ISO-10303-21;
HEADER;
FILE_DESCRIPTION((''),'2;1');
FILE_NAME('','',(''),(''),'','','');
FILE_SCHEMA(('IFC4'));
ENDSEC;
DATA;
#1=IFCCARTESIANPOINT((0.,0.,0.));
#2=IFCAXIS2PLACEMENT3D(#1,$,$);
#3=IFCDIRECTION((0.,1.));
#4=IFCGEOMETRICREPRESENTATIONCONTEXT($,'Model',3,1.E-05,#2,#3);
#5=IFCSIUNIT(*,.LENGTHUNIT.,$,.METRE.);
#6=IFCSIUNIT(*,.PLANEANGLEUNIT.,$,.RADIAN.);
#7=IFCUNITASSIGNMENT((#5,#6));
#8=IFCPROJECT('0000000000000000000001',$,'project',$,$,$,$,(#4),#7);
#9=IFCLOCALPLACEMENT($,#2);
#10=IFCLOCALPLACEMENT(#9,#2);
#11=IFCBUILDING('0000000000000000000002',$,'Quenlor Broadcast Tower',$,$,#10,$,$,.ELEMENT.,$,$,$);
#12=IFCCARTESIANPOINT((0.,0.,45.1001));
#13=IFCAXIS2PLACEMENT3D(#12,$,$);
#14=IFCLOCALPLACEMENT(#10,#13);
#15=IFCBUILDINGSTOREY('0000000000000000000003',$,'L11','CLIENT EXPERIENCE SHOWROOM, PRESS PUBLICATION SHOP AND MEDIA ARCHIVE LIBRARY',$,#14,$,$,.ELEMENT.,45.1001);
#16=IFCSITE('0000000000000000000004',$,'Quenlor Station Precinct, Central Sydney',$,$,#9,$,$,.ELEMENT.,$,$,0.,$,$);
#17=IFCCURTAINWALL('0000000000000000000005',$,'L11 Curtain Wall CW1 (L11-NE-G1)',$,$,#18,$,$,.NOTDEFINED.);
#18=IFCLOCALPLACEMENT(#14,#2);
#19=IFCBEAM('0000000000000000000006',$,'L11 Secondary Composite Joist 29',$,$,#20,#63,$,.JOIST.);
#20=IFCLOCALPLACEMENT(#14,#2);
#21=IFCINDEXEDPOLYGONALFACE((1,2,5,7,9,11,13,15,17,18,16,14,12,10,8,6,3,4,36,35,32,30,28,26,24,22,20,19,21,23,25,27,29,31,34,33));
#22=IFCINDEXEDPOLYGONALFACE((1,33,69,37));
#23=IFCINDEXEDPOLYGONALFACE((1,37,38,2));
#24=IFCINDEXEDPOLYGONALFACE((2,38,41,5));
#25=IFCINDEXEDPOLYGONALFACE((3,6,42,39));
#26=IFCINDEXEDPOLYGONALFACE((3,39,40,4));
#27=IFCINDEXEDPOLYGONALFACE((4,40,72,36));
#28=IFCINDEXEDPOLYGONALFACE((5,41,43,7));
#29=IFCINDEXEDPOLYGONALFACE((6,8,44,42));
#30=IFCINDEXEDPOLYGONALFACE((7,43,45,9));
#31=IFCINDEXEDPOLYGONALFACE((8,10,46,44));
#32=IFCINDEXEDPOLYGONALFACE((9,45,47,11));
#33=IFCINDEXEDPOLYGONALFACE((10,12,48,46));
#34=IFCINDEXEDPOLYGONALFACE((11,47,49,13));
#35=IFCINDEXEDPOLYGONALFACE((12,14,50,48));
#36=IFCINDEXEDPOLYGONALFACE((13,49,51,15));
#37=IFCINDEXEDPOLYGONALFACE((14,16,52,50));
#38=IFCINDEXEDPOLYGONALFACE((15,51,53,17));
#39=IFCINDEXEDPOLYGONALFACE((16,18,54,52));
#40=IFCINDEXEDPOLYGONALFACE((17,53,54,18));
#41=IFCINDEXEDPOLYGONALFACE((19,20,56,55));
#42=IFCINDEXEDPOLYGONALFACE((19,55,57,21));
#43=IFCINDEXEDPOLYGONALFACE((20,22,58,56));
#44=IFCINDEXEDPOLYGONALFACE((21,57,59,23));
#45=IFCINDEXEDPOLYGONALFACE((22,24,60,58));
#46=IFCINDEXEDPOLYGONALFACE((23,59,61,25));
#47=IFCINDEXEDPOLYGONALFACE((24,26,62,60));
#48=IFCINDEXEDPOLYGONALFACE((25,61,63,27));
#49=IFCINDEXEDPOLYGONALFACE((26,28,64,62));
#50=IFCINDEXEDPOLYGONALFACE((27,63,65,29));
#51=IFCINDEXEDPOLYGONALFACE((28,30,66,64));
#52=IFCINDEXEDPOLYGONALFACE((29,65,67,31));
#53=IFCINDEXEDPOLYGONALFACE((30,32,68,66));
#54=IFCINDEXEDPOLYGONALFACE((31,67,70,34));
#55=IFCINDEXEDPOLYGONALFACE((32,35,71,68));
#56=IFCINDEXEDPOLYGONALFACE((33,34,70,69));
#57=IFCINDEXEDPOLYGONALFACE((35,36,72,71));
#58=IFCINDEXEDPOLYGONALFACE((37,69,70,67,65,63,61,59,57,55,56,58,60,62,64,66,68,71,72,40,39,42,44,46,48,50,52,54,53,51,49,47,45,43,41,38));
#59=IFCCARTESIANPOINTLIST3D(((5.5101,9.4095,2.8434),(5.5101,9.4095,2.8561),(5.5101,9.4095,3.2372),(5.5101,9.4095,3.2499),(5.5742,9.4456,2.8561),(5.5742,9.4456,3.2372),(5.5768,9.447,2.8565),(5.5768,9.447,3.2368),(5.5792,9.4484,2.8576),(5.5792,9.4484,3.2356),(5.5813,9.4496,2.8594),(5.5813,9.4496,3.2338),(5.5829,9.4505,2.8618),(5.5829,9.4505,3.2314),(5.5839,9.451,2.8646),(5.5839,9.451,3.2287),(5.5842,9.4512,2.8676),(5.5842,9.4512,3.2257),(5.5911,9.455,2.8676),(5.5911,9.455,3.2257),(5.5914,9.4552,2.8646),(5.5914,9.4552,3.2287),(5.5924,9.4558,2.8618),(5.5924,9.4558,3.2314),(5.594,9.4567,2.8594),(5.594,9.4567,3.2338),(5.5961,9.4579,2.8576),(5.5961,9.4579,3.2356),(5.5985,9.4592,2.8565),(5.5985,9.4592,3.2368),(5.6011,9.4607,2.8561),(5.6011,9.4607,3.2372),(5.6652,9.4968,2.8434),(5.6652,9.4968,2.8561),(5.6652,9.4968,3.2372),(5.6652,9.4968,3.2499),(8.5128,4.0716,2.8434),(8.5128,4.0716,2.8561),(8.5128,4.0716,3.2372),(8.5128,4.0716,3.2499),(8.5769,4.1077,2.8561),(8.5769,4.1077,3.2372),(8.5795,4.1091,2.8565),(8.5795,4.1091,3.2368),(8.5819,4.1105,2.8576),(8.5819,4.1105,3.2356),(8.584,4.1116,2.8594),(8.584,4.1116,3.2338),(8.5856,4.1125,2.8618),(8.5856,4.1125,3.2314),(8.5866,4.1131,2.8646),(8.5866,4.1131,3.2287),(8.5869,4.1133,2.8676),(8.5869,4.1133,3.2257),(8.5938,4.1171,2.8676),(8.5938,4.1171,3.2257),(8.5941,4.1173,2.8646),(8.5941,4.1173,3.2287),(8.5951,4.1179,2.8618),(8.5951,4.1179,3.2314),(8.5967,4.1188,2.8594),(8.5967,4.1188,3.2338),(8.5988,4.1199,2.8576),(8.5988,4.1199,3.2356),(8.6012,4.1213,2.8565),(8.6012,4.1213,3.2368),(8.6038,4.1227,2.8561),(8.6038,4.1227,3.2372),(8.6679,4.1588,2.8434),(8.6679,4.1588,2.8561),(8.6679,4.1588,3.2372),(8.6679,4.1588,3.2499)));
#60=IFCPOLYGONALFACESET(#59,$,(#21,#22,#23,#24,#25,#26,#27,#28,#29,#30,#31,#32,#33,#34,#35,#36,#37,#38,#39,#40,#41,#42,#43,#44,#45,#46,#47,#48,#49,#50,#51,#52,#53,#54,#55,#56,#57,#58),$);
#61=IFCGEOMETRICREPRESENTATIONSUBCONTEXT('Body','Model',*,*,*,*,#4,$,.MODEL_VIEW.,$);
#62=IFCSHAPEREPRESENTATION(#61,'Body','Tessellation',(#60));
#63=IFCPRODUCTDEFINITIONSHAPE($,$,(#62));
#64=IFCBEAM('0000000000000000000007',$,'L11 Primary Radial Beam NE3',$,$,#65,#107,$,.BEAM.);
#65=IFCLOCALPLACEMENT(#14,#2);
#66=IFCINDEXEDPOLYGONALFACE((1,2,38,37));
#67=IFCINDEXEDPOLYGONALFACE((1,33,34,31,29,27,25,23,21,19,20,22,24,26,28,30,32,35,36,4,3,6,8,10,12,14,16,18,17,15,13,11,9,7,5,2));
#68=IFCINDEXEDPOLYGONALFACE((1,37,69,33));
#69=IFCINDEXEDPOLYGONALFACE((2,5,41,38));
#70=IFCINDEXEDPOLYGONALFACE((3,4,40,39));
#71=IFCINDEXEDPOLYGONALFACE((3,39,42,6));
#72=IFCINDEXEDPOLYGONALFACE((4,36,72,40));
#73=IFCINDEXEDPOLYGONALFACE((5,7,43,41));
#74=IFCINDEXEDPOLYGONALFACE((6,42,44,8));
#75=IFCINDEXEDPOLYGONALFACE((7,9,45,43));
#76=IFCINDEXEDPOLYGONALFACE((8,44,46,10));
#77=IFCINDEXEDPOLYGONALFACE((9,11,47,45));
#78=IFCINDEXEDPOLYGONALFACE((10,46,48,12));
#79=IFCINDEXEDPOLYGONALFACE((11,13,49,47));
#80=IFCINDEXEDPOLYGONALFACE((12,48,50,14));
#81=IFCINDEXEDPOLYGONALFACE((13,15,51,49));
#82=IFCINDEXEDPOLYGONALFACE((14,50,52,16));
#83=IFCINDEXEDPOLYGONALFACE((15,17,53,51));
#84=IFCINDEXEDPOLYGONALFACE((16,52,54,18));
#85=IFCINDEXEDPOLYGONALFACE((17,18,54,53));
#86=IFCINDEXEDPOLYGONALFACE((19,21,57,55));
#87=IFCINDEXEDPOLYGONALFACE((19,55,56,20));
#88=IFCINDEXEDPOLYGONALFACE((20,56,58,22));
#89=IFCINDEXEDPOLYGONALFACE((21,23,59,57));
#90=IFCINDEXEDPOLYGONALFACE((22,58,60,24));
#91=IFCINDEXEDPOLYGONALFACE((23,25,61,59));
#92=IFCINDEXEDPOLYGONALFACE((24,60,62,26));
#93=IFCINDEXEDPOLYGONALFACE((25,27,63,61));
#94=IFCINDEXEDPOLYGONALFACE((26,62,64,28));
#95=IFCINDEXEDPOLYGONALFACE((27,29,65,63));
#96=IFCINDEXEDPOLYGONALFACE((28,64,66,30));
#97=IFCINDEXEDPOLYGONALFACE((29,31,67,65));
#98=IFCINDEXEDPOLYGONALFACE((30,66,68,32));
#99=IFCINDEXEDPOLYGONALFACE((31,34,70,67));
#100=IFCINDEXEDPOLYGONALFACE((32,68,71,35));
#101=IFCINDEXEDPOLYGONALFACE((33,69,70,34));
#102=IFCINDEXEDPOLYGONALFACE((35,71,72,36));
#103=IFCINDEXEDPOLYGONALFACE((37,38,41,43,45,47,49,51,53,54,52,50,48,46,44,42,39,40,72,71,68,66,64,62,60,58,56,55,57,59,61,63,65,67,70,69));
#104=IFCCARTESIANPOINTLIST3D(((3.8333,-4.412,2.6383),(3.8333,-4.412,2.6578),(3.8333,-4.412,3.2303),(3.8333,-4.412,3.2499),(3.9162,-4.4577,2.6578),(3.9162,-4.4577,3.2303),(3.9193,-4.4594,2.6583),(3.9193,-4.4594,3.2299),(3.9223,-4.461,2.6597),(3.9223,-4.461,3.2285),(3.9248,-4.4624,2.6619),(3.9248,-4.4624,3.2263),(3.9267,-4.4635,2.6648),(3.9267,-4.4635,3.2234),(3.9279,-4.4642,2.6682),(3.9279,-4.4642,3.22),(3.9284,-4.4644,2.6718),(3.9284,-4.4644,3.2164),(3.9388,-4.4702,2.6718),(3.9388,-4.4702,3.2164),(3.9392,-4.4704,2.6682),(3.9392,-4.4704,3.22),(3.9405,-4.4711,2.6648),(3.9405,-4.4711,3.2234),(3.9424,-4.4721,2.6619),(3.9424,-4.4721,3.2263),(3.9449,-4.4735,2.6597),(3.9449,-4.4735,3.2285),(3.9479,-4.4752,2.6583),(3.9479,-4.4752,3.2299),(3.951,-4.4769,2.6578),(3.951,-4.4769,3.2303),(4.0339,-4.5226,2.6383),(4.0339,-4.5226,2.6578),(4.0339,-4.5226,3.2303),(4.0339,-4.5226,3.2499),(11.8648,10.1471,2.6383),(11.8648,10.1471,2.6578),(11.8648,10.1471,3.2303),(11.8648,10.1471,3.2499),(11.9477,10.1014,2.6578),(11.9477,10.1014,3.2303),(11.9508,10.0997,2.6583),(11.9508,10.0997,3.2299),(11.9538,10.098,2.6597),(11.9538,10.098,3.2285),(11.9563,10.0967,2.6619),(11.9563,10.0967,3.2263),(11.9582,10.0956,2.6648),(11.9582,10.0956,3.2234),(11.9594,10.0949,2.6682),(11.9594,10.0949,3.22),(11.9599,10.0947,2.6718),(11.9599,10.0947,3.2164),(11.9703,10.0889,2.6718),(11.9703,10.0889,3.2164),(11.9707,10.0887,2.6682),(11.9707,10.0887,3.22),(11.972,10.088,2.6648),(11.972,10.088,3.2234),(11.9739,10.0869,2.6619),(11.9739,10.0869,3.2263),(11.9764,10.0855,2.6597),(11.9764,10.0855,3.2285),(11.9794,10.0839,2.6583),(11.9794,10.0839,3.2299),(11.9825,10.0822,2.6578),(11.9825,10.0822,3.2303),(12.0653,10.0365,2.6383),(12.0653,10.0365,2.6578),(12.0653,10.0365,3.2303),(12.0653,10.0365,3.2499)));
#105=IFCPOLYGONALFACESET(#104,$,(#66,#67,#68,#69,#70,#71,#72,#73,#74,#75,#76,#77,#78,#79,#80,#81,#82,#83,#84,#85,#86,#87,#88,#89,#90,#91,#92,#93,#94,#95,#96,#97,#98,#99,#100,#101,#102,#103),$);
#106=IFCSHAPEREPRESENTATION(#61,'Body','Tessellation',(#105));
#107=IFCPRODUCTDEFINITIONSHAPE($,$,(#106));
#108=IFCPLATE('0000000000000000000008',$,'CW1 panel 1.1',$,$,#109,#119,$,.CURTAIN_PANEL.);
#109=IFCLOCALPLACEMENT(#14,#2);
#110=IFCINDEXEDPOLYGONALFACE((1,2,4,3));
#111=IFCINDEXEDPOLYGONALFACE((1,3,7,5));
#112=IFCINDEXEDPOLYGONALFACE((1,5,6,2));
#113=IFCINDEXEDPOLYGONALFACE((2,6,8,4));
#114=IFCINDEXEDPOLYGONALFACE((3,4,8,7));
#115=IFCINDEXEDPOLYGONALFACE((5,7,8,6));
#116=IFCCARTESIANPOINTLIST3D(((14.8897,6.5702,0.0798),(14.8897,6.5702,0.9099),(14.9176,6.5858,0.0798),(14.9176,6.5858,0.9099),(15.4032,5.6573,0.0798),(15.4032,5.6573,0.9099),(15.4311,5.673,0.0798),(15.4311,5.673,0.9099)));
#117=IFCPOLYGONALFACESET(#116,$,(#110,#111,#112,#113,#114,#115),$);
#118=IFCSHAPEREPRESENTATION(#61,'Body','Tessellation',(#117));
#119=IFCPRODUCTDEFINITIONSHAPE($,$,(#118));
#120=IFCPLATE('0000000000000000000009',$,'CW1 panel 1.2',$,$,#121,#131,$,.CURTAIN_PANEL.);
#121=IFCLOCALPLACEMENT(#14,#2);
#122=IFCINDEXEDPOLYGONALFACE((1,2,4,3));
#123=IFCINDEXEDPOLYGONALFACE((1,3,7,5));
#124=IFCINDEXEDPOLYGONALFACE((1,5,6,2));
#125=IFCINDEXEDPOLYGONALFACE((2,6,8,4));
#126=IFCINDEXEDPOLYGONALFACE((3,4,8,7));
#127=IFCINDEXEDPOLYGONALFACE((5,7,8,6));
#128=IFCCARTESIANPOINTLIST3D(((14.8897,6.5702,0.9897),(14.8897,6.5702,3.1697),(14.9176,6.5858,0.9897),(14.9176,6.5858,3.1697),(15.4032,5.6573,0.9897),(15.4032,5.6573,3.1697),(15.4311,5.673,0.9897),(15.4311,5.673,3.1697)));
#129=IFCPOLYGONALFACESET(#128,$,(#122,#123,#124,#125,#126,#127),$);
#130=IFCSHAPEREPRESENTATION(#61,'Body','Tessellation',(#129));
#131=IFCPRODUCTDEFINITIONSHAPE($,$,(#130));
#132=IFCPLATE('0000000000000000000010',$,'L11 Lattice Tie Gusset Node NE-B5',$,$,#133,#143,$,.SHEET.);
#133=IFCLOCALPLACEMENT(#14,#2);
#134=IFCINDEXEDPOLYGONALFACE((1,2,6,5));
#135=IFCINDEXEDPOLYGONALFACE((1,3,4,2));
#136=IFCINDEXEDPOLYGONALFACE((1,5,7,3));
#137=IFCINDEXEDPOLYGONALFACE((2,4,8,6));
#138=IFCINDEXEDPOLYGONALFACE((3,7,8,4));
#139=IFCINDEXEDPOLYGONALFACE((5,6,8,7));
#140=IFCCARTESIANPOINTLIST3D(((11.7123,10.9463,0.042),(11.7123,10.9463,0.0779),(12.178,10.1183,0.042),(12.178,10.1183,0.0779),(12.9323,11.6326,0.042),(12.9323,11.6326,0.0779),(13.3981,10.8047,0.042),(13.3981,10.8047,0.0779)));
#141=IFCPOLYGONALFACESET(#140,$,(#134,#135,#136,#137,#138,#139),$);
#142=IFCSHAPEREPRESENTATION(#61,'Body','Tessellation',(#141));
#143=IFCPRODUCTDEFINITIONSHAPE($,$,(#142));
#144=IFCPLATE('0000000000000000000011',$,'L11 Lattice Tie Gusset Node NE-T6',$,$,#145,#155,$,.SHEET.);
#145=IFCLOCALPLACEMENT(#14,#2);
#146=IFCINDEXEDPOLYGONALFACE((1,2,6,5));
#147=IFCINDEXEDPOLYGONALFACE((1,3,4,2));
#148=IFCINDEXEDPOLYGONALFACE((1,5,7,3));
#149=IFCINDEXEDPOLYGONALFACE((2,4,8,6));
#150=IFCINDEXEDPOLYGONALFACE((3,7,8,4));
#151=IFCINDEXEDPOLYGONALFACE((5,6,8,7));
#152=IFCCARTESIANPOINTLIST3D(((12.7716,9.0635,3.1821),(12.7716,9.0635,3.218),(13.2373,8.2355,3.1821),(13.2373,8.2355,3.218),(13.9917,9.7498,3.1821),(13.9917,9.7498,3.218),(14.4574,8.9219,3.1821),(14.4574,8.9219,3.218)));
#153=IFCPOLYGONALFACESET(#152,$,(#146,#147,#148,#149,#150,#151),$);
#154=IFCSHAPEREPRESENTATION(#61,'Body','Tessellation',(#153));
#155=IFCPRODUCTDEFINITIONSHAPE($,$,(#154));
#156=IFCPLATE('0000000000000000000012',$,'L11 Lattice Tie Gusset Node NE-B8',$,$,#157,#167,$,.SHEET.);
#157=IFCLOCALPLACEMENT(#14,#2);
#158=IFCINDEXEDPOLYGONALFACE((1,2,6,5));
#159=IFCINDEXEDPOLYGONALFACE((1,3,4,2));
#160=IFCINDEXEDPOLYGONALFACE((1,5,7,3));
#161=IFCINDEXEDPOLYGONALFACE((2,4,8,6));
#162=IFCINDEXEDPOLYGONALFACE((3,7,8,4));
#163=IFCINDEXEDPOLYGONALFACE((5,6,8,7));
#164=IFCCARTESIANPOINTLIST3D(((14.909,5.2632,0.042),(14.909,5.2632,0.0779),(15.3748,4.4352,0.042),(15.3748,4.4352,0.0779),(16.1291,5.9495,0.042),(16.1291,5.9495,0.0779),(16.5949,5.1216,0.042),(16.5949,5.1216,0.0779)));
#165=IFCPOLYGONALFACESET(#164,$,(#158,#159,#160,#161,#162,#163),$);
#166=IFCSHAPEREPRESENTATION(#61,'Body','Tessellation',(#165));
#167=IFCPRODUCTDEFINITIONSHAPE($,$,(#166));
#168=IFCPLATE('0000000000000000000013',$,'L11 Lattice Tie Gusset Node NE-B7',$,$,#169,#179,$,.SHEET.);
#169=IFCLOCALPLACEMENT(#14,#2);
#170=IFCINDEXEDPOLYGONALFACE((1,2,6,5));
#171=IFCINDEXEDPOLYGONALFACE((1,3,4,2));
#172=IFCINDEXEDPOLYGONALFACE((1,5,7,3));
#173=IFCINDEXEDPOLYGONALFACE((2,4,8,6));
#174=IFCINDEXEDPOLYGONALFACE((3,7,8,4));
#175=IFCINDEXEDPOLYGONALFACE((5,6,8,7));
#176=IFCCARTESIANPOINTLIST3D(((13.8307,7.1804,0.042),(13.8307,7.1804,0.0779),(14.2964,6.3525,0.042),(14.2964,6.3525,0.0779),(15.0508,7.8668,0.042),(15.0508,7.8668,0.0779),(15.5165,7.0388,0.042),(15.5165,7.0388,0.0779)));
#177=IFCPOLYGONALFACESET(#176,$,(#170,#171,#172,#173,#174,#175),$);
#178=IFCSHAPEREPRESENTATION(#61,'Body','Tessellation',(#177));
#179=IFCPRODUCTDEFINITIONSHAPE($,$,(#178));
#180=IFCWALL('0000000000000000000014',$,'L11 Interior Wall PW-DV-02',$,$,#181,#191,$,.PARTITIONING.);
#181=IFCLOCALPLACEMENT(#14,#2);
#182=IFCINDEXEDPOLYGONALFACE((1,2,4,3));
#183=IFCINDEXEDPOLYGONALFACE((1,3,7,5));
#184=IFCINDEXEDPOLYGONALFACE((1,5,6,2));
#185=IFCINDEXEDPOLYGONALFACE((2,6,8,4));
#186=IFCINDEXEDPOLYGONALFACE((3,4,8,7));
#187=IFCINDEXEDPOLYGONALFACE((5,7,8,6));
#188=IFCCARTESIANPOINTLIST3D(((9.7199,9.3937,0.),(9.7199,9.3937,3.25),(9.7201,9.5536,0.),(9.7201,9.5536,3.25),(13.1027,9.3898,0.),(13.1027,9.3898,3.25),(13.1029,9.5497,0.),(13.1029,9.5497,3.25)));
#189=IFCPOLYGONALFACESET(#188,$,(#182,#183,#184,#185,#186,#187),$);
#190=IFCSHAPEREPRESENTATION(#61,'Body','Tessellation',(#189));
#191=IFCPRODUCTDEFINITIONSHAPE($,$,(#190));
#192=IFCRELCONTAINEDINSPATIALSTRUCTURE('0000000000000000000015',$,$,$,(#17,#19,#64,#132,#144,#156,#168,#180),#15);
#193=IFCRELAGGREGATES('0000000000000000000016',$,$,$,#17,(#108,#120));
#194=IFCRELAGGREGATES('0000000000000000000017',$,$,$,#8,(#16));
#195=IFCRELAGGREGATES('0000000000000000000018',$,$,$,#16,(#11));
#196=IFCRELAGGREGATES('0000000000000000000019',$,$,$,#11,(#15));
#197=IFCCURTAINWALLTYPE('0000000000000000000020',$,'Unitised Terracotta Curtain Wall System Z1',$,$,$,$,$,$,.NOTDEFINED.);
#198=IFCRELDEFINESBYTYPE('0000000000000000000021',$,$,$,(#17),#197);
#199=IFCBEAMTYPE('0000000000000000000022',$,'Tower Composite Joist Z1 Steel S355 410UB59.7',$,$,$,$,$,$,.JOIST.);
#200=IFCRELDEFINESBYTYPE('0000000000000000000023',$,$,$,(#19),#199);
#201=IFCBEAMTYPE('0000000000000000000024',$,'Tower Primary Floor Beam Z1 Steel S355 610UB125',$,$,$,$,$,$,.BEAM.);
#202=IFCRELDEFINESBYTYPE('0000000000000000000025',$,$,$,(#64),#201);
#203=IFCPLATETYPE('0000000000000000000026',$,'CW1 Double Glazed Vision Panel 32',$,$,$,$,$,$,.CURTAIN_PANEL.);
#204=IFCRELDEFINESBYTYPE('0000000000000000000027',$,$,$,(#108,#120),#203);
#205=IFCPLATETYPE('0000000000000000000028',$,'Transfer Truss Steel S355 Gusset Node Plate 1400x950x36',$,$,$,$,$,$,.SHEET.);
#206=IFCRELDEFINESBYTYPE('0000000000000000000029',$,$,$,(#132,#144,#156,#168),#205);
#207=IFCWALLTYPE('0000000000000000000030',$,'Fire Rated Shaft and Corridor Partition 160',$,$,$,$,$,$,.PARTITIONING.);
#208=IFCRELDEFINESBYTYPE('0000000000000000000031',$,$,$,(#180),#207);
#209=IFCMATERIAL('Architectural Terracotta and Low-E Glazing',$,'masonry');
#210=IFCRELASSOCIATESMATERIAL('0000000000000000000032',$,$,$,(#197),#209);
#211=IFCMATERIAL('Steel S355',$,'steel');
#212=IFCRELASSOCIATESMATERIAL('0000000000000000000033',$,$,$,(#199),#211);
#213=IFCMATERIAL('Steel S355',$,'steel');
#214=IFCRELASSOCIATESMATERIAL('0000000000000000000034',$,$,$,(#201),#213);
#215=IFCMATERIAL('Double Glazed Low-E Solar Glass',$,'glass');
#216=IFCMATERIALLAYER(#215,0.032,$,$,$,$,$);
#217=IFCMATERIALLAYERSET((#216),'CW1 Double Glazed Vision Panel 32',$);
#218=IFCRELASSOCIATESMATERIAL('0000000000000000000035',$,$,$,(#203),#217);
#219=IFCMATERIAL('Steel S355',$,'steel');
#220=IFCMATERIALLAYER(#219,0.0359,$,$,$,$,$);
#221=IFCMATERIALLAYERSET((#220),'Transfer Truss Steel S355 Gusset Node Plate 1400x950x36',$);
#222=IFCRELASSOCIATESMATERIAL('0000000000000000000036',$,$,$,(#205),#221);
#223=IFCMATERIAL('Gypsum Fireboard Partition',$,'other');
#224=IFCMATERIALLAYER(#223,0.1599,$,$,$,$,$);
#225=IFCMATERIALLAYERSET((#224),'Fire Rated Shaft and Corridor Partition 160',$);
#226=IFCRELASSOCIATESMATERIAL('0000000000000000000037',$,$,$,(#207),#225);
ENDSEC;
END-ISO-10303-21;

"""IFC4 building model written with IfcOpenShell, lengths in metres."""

from ifc_helpers import new_model, si_unit, direction, frame, frame_2d, origin, origin_2d, place, context, subcontext, project, spatial, rectangle, i_section, extrude, material, layer, layer_set, material_profile, profile_set, type_object, element, aggregate, save


model = new_model("IFC4")

# Units and contexts
model_context = context("Model", 3, precision=1e-05, world=origin(), true_north=direction((0.0, 1.0)))
body_context = subcontext(model_context, "Body", "Model", "MODEL_VIEW")
ifc_project = project(units=[si_unit("LENGTHUNIT", "METRE"), si_unit("PLANEANGLEUNIT", "RADIAN")], contexts=[model_context])

# Site, building, storey
site_placement = place(None, origin())
site = spatial("IfcSite", under=ifc_project, at=site_placement, Name="Quenlor Station Precinct, Central Sydney", CompositionType="ELEMENT", RefElevation=0.0)
building_placement = place(site_placement, origin())
building = spatial("IfcBuilding", under=site, at=building_placement, Name="Quenlor Broadcast Tower", CompositionType="ELEMENT")
storey_placement = place(building_placement, frame((0.0, 0.0, 45.1001)))
storey = spatial("IfcBuildingStorey", under=building, at=storey_placement, Name="L11", Description="CLIENT EXPERIENCE SHOWROOM, PRESS PUBLICATION SHOP AND MEDIA ARCHIVE LIBRARY", CompositionType="ELEMENT", Elevation=45.1001)

# Curtain wall
ifc_material_1 = material(Name="Architectural Terracotta and Low-E Glazing", Category="masonry")
curtain_wall_type = type_object("IfcCurtainWallType", Name="Unitised Terracotta Curtain Wall System Z1", PredefinedType="NOTDEFINED", material=ifc_material_1)
curtain_wall_placement = place(storey_placement, origin())
curtain_wall = element("IfcCurtainWall", 1, at=curtain_wall_placement, inside=storey, type_object=curtain_wall_type, Name="L11 Curtain Wall CW1 (L11-NE-G1)", PredefinedType="NOTDEFINED")

# Beams
ifc_material_2 = material(Name="Steel S355", Category="steel")
ifc_material_profile_1 = material_profile(ifc_material_2, i_section(OverallWidth=0.178, OverallDepth=0.4065, WebThickness=0.0078, FlangeThickness=0.0127, FilletRadius=0.0115, at=origin_2d()))
ifc_profile_set_1 = profile_set([ifc_material_profile_1], Name="Steel S355 410UB59.7")
beam_type_1 = type_object("IfcBeamType", Name="Tower Composite Joist Z1 Steel S355 410UB59.7", PredefinedType="JOIST", material=ifc_profile_set_1)
beam_1_placement = place(storey_placement, frame((5.5876, 9.4531, 3.0466), z_axis=(0.490276, -0.871567, 0.0), x_axis=(0.871567, 0.490276, 0.0)))
element("IfcBeam", 2, at=beam_1_placement, inside=storey, type_object=beam_type_1, Name="L11 Secondary Composite Joist 29", PredefinedType="JOIST", context=body_context, shape_type="SweptSolid", body=[
    extrude(i_section(OverallWidth=0.178, OverallDepth=0.4065, WebThickness=0.0078, FlangeThickness=0.0127, FilletRadius=0.0115, at=origin_2d()), origin(), (0.0, 0.0, 1.0), 6.1245),
])
ifc_material_3 = material(Name="Steel S355", Category="steel")
ifc_material_profile_2 = material_profile(ifc_material_3, i_section(OverallWidth=0.229, OverallDepth=0.6116, WebThickness=0.012, FlangeThickness=0.0195, FilletRadius=0.0139, at=origin_2d()))
ifc_profile_set_2 = profile_set([ifc_material_profile_2], Name="Steel S355 610UB125")
beam_type_2 = type_object("IfcBeamType", Name="Tower Primary Floor Beam Z1 Steel S355 610UB125", PredefinedType="BEAM", material=ifc_profile_set_2)
beam_2_placement = place(storey_placement, frame((11.9651, 10.0918, 2.9441), z_axis=(-0.483026, -0.875606, 0.0), x_axis=(0.875606, -0.483026, 0.0)))
element("IfcBeam", 3, at=beam_2_placement, inside=storey, type_object=beam_type_2, Name="L11 Primary Radial Beam NE3", PredefinedType="BEAM", context=body_context, shape_type="SweptSolid", body=[
    extrude(i_section(OverallWidth=0.229, OverallDepth=0.6116, WebThickness=0.012, FlangeThickness=0.0195, FilletRadius=0.0139, at=origin_2d()), origin(), (0.0, 0.0, 1.0), 16.6274),
])

# Plates
ifc_material_4 = material(Name="Double Glazed Low-E Solar Glass", Category="glass")
ifc_layer_1 = layer(ifc_material_4, 0.032)
ifc_layer_set_1 = layer_set([ifc_layer_1], Name="CW1 Double Glazed Vision Panel 32")
plate_type_1 = type_object("IfcPlateType", Name="CW1 Double Glazed Vision Panel 32", PredefinedType="CURTAIN_PANEL", material=ifc_layer_set_1)
plate_1_placement = place(storey_placement, frame((15.1604, 6.1216, 0.0798), z_axis=(0.0, 0.0, 1.0), x_axis=(0.490277, -0.871567, 0.0)))
plate_1 = element("IfcPlate", 4, at=plate_1_placement, type_object=plate_type_1, Name="CW1 panel 1.1", PredefinedType="CURTAIN_PANEL", context=body_context, shape_type="SweptSolid", body=[
    extrude(rectangle(XDim=1.0474, YDim=0.032, at=origin_2d()), origin(), (0.0, 0.0, 1.0), 0.8301),
])
plate_2_placement = place(storey_placement, frame((15.1604, 6.1216, 0.9897), z_axis=(0.0, 0.0, 1.0), x_axis=(0.490277, -0.871567, 0.0)))
plate_2 = element("IfcPlate", 5, at=plate_2_placement, type_object=plate_type_1, Name="CW1 panel 1.2", PredefinedType="CURTAIN_PANEL", context=body_context, shape_type="SweptSolid", body=[
    extrude(rectangle(XDim=1.0474, YDim=0.032, at=origin_2d()), origin(), (0.0, 0.0, 1.0), 2.1799),
])
aggregate(curtain_wall, [plate_1, plate_2])

# Plates
ifc_material_5 = material(Name="Steel S355", Category="steel")
ifc_layer_2 = layer(ifc_material_5, 0.0359)
ifc_layer_set_2 = layer_set([ifc_layer_2], Name="Transfer Truss Steel S355 Gusset Node Plate 1400x950x36")
plate_type_2 = type_object("IfcPlateType", Name="Transfer Truss Steel S355 Gusset Node Plate 1400x950x36", PredefinedType="SHEET", material=ifc_layer_set_2)
for number, where, z_axis, x_axis, name in (
    (6, (12.5552, 10.8755, 0.042), (0.0, 0.0, 1.0), (0.871556, 0.490295, 0.0), "L11 Lattice Tie Gusset Node NE-B5"),
    (7, (13.6145, 8.9927, 3.1821), (0.0, 0.0, 1.0), (0.871556, 0.490295, 0.0), "L11 Lattice Tie Gusset Node NE-T6"),
    (8, (15.752, 5.1924, 0.042), (0.0, 0.0, 1.0), (0.871556, 0.490295, 0.0), "L11 Lattice Tie Gusset Node NE-B8"),
    (9, (14.6736, 7.1096, 0.042), (0.0, 0.0, 1.0), (0.871556, 0.490295, 0.0), "L11 Lattice Tie Gusset Node NE-B7"),
):
    element("IfcPlate", number, at=place(storey_placement, frame(where, z_axis=z_axis, x_axis=x_axis)), inside=storey, type_object=plate_type_2, Name=name, PredefinedType="SHEET", context=body_context, shape_type="SweptSolid", body=[
        extrude(rectangle(XDim=1.3999, YDim=0.95, at=origin_2d()), origin(), (0.0, 0.0, 1.0), 0.0359),
    ])

# Wall
ifc_material_6 = material(Name="Gypsum Fireboard Partition", Category="other")
ifc_layer_3 = layer(ifc_material_6, 0.1599)
ifc_layer_set_3 = layer_set([ifc_layer_3], Name="Fire Rated Shaft and Corridor Partition 160")
wall_type_1 = type_object("IfcWallType", Name="Fire Rated Shaft and Corridor Partition 160", PredefinedType="PARTITIONING", material=ifc_layer_set_3)
wall_1_placement = place(storey_placement, frame((13.1028, 9.4697, 0.0), z_axis=(0.0, 0.0, 1.0), x_axis=(-0.999999, 0.001155, 0.0)))
element("IfcWall", 10, at=wall_1_placement, inside=storey, type_object=wall_type_1, Name="L11 Interior Wall PW-DV-02", PredefinedType="PARTITIONING", context=body_context, shape_type="SweptSolid", body=[
    extrude(rectangle(XDim=3.3828, YDim=0.1599, at=frame_2d((1.6914, 0.0))), origin(), (0.0, 0.0, 1.0), 3.25),
])

save(model, "model.ifc")
